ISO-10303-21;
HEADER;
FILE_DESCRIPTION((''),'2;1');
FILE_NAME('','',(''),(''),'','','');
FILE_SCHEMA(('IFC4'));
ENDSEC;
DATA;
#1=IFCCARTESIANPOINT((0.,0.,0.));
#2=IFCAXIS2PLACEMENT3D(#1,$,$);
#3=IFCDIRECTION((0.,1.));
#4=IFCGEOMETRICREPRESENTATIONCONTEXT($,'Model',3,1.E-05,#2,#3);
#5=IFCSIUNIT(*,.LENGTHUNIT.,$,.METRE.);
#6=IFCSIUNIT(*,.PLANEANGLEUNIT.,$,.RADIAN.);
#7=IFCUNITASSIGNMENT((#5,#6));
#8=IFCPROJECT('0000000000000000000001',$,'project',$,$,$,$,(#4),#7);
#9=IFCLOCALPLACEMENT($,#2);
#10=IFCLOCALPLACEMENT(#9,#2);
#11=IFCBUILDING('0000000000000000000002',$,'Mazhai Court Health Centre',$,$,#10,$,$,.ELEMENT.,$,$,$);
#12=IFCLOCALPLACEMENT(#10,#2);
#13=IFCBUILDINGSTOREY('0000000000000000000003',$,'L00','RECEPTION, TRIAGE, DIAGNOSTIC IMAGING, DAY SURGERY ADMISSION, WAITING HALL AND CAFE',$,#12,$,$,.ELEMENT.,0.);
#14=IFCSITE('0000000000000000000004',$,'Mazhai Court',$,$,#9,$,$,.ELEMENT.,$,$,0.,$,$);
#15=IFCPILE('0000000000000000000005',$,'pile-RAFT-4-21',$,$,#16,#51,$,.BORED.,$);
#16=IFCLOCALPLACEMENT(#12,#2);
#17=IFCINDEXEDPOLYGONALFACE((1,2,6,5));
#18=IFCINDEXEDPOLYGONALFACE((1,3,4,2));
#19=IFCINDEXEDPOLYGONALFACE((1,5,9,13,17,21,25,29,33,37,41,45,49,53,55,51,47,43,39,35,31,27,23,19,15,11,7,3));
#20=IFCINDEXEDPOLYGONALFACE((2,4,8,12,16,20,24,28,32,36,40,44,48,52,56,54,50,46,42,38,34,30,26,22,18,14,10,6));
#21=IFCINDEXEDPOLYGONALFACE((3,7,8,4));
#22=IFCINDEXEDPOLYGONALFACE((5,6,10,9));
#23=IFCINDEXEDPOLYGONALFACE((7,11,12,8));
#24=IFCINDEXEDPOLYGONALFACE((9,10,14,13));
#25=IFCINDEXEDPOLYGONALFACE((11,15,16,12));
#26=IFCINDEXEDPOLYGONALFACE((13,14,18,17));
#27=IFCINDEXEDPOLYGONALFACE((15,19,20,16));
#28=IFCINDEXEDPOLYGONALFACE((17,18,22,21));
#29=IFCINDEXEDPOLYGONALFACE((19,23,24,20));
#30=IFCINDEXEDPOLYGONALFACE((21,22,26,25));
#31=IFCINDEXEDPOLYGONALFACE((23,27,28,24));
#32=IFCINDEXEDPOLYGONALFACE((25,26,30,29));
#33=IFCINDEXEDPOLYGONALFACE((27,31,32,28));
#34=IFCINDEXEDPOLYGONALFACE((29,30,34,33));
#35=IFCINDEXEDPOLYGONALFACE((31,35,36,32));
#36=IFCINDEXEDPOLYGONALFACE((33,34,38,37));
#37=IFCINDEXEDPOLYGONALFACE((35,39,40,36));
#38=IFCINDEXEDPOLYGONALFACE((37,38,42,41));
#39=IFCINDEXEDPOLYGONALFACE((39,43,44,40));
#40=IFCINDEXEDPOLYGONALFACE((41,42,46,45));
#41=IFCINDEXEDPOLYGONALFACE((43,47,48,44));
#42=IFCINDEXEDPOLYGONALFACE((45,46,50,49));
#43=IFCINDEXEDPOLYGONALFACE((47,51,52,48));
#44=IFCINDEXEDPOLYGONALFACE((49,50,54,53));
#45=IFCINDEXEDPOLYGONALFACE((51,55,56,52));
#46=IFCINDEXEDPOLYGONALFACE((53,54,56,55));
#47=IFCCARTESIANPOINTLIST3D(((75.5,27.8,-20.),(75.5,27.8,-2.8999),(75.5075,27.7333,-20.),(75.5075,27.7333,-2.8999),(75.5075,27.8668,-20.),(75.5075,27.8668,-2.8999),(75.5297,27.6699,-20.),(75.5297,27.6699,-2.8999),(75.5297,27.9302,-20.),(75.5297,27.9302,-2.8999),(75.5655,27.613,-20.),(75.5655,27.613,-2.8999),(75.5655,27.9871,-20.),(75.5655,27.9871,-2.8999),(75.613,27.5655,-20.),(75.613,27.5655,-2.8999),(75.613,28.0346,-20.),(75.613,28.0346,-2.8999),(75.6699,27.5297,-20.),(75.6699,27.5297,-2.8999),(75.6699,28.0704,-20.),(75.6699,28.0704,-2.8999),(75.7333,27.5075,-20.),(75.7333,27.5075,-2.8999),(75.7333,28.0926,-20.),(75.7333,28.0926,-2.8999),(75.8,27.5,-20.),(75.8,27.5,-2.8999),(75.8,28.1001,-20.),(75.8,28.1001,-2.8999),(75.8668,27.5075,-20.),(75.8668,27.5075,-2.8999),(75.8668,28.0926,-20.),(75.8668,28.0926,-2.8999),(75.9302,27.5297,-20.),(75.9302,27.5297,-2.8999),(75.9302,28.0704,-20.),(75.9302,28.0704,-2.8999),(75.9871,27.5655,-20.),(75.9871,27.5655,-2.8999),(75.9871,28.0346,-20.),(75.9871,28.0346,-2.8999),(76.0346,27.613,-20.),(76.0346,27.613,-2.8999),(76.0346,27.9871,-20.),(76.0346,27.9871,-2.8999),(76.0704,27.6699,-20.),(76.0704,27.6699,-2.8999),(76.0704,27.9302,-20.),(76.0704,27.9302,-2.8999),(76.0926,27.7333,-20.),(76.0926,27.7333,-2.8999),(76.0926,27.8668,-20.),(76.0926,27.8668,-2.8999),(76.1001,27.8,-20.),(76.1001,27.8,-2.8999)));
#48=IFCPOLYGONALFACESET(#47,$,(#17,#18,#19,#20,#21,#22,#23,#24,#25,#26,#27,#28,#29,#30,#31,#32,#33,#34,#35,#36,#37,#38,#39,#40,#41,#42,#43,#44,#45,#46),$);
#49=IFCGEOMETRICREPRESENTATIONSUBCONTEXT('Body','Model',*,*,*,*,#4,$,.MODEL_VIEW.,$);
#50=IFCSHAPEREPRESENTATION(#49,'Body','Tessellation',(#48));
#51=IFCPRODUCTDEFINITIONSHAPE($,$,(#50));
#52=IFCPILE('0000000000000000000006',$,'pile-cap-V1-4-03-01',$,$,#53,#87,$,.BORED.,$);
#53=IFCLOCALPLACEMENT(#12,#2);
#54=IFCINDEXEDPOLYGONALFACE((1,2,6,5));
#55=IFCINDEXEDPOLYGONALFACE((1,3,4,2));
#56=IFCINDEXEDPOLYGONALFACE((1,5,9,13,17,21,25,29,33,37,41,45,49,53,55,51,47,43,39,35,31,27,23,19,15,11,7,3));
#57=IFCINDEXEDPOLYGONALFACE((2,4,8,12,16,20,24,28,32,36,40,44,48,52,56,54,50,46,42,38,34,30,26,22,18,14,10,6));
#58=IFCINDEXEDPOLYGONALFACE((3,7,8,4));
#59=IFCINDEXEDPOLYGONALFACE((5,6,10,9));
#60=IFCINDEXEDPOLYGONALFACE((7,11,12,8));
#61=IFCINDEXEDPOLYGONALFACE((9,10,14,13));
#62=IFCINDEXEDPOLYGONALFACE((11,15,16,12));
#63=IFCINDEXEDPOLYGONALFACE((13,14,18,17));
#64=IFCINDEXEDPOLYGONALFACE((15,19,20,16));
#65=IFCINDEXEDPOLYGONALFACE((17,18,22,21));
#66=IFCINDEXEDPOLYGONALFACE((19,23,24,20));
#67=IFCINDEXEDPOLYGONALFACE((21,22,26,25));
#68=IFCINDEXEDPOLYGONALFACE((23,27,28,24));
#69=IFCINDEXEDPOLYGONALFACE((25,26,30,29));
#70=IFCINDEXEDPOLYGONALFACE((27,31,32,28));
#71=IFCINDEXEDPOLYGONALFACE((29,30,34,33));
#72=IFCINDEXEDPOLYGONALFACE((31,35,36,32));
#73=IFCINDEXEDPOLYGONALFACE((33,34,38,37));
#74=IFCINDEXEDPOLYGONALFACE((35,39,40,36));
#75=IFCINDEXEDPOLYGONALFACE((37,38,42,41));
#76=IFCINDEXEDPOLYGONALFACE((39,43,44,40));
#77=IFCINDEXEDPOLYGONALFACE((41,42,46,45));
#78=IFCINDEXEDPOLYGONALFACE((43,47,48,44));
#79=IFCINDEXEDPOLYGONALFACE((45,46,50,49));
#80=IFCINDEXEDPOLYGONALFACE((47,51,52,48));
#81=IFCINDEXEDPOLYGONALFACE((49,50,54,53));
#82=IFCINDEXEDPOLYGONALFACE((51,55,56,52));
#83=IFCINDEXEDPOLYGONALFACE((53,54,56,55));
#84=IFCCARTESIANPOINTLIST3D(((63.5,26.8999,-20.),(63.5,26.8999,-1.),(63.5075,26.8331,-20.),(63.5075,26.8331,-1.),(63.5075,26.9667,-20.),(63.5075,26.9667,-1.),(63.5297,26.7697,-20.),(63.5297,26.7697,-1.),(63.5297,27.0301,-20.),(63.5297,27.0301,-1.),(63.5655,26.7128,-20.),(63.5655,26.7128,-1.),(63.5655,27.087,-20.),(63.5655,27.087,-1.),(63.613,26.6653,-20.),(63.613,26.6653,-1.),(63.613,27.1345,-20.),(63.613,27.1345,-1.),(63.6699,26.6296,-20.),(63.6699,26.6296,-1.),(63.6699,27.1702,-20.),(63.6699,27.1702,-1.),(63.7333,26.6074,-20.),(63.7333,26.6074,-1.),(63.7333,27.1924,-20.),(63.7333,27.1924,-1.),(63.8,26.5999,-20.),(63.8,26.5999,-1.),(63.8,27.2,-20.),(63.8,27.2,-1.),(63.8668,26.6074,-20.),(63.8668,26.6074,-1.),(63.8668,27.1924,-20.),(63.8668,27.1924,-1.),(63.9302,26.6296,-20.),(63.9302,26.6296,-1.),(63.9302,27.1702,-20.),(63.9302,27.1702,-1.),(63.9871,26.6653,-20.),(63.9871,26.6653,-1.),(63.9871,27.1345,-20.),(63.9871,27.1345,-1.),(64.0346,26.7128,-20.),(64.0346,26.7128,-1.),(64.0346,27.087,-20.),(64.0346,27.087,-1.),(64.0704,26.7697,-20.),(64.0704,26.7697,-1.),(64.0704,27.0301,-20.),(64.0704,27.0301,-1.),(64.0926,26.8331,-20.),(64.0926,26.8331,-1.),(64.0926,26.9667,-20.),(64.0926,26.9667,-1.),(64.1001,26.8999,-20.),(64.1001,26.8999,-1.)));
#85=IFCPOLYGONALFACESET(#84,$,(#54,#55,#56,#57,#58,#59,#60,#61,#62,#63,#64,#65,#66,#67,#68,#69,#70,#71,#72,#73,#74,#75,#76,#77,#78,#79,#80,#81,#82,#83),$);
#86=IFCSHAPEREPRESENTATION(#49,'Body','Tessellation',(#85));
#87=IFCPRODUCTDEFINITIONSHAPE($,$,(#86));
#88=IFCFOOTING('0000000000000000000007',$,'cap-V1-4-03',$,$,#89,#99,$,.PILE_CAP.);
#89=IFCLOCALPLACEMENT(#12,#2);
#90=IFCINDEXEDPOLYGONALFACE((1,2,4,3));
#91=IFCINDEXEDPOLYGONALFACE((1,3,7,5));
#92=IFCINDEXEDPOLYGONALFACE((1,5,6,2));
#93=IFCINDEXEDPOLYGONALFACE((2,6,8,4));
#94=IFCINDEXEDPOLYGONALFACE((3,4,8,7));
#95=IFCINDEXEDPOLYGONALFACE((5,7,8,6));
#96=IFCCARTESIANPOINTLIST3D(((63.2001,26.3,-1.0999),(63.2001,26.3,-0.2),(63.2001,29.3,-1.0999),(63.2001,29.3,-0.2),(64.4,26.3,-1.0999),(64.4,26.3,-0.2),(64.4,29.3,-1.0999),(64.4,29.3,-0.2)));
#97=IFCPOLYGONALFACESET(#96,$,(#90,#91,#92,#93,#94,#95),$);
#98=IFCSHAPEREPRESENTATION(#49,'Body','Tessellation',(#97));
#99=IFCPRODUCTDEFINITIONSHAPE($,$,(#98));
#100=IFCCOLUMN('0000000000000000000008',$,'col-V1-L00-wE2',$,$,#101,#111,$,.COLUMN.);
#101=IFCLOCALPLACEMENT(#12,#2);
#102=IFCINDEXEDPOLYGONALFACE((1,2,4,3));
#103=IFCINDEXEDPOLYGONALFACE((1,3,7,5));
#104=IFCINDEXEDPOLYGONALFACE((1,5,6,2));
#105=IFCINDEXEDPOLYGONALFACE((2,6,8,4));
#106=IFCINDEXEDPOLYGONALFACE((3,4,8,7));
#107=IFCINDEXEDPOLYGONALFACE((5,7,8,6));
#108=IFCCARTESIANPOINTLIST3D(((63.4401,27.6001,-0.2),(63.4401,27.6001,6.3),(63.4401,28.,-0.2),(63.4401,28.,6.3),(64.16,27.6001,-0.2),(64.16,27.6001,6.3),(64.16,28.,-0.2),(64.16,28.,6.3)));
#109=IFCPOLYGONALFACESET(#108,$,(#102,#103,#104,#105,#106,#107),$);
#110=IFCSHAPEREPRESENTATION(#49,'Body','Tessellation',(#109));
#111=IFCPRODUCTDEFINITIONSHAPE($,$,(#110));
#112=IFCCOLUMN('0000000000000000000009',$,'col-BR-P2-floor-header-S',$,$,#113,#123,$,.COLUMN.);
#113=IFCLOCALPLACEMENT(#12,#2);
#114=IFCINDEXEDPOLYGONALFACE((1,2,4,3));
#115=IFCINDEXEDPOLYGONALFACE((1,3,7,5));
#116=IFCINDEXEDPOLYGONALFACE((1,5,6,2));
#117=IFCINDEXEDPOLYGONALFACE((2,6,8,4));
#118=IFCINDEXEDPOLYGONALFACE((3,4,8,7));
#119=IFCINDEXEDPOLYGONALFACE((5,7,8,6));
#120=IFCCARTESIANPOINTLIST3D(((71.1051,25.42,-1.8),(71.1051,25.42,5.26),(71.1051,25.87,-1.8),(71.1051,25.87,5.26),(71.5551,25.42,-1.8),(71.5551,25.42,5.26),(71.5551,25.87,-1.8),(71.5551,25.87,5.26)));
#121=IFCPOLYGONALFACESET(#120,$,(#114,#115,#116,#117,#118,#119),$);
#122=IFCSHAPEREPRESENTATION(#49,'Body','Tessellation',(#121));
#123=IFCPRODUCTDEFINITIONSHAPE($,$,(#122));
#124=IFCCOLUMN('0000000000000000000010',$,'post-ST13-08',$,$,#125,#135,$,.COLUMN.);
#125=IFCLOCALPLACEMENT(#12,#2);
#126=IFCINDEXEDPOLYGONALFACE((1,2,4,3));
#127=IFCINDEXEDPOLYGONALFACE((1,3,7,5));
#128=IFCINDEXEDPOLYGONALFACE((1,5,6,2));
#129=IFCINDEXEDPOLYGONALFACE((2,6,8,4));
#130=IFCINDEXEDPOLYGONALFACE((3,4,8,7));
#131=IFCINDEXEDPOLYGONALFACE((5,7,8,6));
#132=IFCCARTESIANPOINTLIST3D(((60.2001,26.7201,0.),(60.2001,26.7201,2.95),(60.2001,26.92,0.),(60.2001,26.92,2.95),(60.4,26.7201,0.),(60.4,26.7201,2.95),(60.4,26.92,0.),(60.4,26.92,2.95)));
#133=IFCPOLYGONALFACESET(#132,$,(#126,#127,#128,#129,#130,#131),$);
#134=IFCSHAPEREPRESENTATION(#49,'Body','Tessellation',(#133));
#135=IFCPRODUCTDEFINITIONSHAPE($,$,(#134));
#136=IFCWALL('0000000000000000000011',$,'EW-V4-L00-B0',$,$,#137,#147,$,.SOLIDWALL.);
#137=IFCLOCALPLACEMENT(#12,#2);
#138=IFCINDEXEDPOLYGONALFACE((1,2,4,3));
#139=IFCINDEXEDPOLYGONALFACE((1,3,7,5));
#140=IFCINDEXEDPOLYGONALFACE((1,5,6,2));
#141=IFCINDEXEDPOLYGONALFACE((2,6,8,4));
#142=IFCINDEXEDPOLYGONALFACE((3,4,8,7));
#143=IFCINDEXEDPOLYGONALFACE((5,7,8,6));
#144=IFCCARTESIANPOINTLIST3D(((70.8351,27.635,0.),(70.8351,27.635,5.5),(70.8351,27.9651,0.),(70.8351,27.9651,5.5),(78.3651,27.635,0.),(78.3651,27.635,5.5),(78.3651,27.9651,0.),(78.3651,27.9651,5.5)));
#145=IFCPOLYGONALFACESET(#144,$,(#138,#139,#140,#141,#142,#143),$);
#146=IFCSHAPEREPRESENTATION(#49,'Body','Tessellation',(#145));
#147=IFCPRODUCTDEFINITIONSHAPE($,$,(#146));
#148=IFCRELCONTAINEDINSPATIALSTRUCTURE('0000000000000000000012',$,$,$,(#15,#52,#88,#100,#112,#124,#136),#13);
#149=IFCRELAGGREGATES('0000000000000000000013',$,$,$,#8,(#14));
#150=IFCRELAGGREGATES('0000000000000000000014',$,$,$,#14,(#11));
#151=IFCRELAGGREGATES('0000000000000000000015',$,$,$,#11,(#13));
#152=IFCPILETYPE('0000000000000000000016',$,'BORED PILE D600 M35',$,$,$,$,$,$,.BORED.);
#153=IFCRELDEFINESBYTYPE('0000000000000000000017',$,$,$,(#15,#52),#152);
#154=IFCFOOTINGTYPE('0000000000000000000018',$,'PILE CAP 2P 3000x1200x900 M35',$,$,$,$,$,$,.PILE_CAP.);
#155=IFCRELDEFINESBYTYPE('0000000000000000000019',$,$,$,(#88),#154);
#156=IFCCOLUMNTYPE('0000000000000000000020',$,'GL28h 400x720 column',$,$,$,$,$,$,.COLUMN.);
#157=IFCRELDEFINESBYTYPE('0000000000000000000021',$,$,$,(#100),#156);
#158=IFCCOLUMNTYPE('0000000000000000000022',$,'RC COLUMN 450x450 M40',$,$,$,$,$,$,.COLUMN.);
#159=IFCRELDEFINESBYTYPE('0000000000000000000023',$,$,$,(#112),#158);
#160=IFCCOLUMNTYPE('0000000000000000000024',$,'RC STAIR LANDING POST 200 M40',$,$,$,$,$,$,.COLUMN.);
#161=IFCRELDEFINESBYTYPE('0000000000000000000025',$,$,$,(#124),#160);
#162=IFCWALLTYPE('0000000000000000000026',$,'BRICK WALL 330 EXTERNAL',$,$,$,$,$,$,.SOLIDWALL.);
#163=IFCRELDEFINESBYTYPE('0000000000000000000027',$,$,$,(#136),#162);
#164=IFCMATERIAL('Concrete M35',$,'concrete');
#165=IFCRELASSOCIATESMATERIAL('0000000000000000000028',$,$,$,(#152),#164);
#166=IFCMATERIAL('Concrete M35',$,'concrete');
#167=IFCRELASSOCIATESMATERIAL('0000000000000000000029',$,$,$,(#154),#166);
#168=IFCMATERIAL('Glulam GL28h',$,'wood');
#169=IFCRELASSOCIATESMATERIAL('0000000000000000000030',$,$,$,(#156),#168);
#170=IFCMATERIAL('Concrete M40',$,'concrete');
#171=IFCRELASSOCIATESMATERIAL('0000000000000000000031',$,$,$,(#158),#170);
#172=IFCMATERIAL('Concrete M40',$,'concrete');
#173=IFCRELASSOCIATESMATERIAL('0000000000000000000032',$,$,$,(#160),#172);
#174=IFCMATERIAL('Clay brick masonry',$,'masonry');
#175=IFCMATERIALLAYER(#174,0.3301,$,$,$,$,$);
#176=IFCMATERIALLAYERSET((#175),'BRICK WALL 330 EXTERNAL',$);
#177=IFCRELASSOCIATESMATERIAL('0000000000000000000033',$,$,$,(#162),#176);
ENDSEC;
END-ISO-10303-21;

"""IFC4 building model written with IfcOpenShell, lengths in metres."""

from ifc_helpers import new_model, si_unit, direction, frame, frame_2d, origin, origin_2d, place, context, subcontext, project, spatial, rectangle, circle, extrude, material, layer, layer_set, material_profile, profile_set, type_object, element, save


model = new_model("IFC4")

# Units and contexts
model_context = context("Model", 3, precision=1e-05, world=origin(), true_north=direction((0.0, 1.0)))
body_context = subcontext(model_context, "Body", "Model", "MODEL_VIEW")
ifc_project = project(units=[si_unit("LENGTHUNIT", "METRE"), si_unit("PLANEANGLEUNIT", "RADIAN")], contexts=[model_context])

# Site, building, storey
site_placement = place(None, origin())
site = spatial("IfcSite", under=ifc_project, at=site_placement, Name="Mazhai Court", CompositionType="ELEMENT", RefElevation=0.0)
building_placement = place(site_placement, origin())
building = spatial("IfcBuilding", under=site, at=building_placement, Name="Mazhai Court Health Centre", CompositionType="ELEMENT")
storey_placement = place(building_placement, origin())
storey = spatial("IfcBuildingStorey", under=building, at=storey_placement, Name="L00", Description="RECEPTION, TRIAGE, DIAGNOSTIC IMAGING, DAY SURGERY ADMISSION, WAITING HALL AND CAFE", CompositionType="ELEMENT", Elevation=0.0)

# Piles
ifc_material_1 = material(Name="Concrete M35", Category="concrete")
ifc_material_profile_1 = material_profile(ifc_material_1, circle(Radius=0.3, at=origin_2d()), Name="RC PILE D600")
ifc_profile_set_1 = profile_set([ifc_material_profile_1], Name="Concrete M35")
pile_type = type_object("IfcPileType", Name="BORED PILE D600 M35", PredefinedType="BORED", material=ifc_profile_set_1)
for number, where, z_axis, x_axis, name in (
    (1, (75.8, 27.8, -2.8999), (0.0, 0.0, -1.0), (1.0, 0.0, 0.0), "pile-RAFT-4-21"),
):
    element("IfcPile", number, at=place(storey_placement, frame(where, z_axis=z_axis, x_axis=x_axis)), inside=storey, type_object=pile_type, Name=name, PredefinedType="BORED", context=body_context, shape_type="SweptSolid", body=[
        extrude(circle(Radius=0.3, at=origin_2d()), origin(), (0.0, 0.0, 1.0), 17.1001),
    ])
pile_placement = place(storey_placement, frame((63.8, 26.8999, -1.0), z_axis=(0.0, 0.0, -1.0), x_axis=(1.0, 0.0, 0.0)))
element("IfcPile", 2, at=pile_placement, inside=storey, type_object=pile_type, Name="pile-cap-V1-4-03-01", PredefinedType="BORED", context=body_context, shape_type="SweptSolid", body=[
    extrude(circle(Radius=0.3, at=origin_2d()), origin(), (0.0, 0.0, 1.0), 19.0),
])

# Footing
ifc_material_2 = material(Name="Concrete M35", Category="concrete")
footing_type = type_object("IfcFootingType", Name="PILE CAP 2P 3000x1200x900 M35", PredefinedType="PILE_CAP", material=ifc_material_2)
footing_placement = place(storey_placement, frame((63.8, 27.8, -1.0999), z_axis=(0.0, 0.0, 1.0), x_axis=(1.0, 0.0, 0.0)))
element("IfcFooting", 3, at=footing_placement, inside=storey, type_object=footing_type, Name="cap-V1-4-03", PredefinedType="PILE_CAP", context=body_context, shape_type="SweptSolid", body=[
    extrude(rectangle(XDim=1.2, YDim=3.0, at=origin_2d()), origin(), (0.0, 0.0, 1.0), 0.8999),
])

# Columns
ifc_material_3 = material(Name="Glulam GL28h", Category="wood")
ifc_material_profile_2 = material_profile(ifc_material_3, rectangle(XDim=0.3999, YDim=0.72, at=origin_2d()), Name="GL28h 400x720")
ifc_profile_set_2 = profile_set([ifc_material_profile_2], Name="Glulam GL28h")
column_type_1 = type_object("IfcColumnType", Name="GL28h 400x720 column", PredefinedType="COLUMN", material=ifc_profile_set_2)
column_1_placement = place(storey_placement, frame((63.8, 27.8, -0.2), z_axis=(0.0, 0.0, 1.0), x_axis=(0.0, 1.0, 0.0)))
element("IfcColumn", 4, at=column_1_placement, inside=storey, type_object=column_type_1, Name="col-V1-L00-wE2", PredefinedType="COLUMN", context=body_context, shape_type="SweptSolid", body=[
    extrude(rectangle(XDim=0.3999, YDim=0.72, at=origin_2d()), origin(), (0.0, 0.0, 1.0), 6.5),
])
ifc_material_4 = material(Name="Concrete M40", Category="concrete")
ifc_material_profile_3 = material_profile(ifc_material_4, rectangle(XDim=0.45, YDim=0.45, at=origin_2d()), Name="RC 450x450")
ifc_profile_set_3 = profile_set([ifc_material_profile_3], Name="Concrete M40")
column_type_2 = type_object("IfcColumnType", Name="RC COLUMN 450x450 M40", PredefinedType="COLUMN", material=ifc_profile_set_3)
column_2_placement = place(storey_placement, frame((71.3301, 25.645, -1.8), z_axis=(0.0, 0.0, 1.0), x_axis=(1.0, 0.0, 0.0)))
element("IfcColumn", 5, at=column_2_placement, inside=storey, type_object=column_type_2, Name="col-BR-P2-floor-header-S", PredefinedType="COLUMN", context=body_context, shape_type="SweptSolid", body=[
    extrude(rectangle(XDim=0.45, YDim=0.45, at=origin_2d()), origin(), (0.0, 0.0, 1.0), 7.0601),
])
ifc_material_5 = material(Name="Concrete M40", Category="concrete")
ifc_material_profile_4 = material_profile(ifc_material_5, rectangle(XDim=0.2, YDim=0.2, at=origin_2d()), Name="RC 200x200")
ifc_profile_set_4 = profile_set([ifc_material_profile_4], Name="Concrete M40")
column_type_3 = type_object("IfcColumnType", Name="RC STAIR LANDING POST 200 M40", PredefinedType="COLUMN", material=ifc_profile_set_4)
column_3_placement = place(storey_placement, frame((60.3, 26.8201, 0.0), z_axis=(0.0, 0.0, 1.0), x_axis=(1.0, 0.0, 0.0)))
element("IfcColumn", 6, at=column_3_placement, inside=storey, type_object=column_type_3, Name="post-ST13-08", PredefinedType="COLUMN", context=body_context, shape_type="SweptSolid", body=[
    extrude(rectangle(XDim=0.2, YDim=0.2, at=origin_2d()), origin(), (0.0, 0.0, 1.0), 2.95),
])

# Wall
ifc_material_6 = material(Name="Clay brick masonry", Category="masonry")
ifc_layer_1 = layer(ifc_material_6, 0.3301)
ifc_layer_set_1 = layer_set([ifc_layer_1], Name="BRICK WALL 330 EXTERNAL")
wall_type_1 = type_object("IfcWallType", Name="BRICK WALL 330 EXTERNAL", PredefinedType="SOLIDWALL", material=ifc_layer_set_1)
wall_1_placement = place(storey_placement, frame((70.835, 27.8, 0.0), z_axis=(0.0, 0.0, 1.0), x_axis=(1.0, 0.0, 0.0)))
element("IfcWall", 7, at=wall_1_placement, inside=storey, type_object=wall_type_1, Name="EW-V4-L00-B0", PredefinedType="SOLIDWALL", context=body_context, shape_type="SweptSolid", body=[
    extrude(rectangle(XDim=7.53, YDim=0.3301, at=frame_2d((3.7651, 0.0))), origin(), (0.0, 0.0, 1.0), 5.5),
])

save(model, "model.ifc")
